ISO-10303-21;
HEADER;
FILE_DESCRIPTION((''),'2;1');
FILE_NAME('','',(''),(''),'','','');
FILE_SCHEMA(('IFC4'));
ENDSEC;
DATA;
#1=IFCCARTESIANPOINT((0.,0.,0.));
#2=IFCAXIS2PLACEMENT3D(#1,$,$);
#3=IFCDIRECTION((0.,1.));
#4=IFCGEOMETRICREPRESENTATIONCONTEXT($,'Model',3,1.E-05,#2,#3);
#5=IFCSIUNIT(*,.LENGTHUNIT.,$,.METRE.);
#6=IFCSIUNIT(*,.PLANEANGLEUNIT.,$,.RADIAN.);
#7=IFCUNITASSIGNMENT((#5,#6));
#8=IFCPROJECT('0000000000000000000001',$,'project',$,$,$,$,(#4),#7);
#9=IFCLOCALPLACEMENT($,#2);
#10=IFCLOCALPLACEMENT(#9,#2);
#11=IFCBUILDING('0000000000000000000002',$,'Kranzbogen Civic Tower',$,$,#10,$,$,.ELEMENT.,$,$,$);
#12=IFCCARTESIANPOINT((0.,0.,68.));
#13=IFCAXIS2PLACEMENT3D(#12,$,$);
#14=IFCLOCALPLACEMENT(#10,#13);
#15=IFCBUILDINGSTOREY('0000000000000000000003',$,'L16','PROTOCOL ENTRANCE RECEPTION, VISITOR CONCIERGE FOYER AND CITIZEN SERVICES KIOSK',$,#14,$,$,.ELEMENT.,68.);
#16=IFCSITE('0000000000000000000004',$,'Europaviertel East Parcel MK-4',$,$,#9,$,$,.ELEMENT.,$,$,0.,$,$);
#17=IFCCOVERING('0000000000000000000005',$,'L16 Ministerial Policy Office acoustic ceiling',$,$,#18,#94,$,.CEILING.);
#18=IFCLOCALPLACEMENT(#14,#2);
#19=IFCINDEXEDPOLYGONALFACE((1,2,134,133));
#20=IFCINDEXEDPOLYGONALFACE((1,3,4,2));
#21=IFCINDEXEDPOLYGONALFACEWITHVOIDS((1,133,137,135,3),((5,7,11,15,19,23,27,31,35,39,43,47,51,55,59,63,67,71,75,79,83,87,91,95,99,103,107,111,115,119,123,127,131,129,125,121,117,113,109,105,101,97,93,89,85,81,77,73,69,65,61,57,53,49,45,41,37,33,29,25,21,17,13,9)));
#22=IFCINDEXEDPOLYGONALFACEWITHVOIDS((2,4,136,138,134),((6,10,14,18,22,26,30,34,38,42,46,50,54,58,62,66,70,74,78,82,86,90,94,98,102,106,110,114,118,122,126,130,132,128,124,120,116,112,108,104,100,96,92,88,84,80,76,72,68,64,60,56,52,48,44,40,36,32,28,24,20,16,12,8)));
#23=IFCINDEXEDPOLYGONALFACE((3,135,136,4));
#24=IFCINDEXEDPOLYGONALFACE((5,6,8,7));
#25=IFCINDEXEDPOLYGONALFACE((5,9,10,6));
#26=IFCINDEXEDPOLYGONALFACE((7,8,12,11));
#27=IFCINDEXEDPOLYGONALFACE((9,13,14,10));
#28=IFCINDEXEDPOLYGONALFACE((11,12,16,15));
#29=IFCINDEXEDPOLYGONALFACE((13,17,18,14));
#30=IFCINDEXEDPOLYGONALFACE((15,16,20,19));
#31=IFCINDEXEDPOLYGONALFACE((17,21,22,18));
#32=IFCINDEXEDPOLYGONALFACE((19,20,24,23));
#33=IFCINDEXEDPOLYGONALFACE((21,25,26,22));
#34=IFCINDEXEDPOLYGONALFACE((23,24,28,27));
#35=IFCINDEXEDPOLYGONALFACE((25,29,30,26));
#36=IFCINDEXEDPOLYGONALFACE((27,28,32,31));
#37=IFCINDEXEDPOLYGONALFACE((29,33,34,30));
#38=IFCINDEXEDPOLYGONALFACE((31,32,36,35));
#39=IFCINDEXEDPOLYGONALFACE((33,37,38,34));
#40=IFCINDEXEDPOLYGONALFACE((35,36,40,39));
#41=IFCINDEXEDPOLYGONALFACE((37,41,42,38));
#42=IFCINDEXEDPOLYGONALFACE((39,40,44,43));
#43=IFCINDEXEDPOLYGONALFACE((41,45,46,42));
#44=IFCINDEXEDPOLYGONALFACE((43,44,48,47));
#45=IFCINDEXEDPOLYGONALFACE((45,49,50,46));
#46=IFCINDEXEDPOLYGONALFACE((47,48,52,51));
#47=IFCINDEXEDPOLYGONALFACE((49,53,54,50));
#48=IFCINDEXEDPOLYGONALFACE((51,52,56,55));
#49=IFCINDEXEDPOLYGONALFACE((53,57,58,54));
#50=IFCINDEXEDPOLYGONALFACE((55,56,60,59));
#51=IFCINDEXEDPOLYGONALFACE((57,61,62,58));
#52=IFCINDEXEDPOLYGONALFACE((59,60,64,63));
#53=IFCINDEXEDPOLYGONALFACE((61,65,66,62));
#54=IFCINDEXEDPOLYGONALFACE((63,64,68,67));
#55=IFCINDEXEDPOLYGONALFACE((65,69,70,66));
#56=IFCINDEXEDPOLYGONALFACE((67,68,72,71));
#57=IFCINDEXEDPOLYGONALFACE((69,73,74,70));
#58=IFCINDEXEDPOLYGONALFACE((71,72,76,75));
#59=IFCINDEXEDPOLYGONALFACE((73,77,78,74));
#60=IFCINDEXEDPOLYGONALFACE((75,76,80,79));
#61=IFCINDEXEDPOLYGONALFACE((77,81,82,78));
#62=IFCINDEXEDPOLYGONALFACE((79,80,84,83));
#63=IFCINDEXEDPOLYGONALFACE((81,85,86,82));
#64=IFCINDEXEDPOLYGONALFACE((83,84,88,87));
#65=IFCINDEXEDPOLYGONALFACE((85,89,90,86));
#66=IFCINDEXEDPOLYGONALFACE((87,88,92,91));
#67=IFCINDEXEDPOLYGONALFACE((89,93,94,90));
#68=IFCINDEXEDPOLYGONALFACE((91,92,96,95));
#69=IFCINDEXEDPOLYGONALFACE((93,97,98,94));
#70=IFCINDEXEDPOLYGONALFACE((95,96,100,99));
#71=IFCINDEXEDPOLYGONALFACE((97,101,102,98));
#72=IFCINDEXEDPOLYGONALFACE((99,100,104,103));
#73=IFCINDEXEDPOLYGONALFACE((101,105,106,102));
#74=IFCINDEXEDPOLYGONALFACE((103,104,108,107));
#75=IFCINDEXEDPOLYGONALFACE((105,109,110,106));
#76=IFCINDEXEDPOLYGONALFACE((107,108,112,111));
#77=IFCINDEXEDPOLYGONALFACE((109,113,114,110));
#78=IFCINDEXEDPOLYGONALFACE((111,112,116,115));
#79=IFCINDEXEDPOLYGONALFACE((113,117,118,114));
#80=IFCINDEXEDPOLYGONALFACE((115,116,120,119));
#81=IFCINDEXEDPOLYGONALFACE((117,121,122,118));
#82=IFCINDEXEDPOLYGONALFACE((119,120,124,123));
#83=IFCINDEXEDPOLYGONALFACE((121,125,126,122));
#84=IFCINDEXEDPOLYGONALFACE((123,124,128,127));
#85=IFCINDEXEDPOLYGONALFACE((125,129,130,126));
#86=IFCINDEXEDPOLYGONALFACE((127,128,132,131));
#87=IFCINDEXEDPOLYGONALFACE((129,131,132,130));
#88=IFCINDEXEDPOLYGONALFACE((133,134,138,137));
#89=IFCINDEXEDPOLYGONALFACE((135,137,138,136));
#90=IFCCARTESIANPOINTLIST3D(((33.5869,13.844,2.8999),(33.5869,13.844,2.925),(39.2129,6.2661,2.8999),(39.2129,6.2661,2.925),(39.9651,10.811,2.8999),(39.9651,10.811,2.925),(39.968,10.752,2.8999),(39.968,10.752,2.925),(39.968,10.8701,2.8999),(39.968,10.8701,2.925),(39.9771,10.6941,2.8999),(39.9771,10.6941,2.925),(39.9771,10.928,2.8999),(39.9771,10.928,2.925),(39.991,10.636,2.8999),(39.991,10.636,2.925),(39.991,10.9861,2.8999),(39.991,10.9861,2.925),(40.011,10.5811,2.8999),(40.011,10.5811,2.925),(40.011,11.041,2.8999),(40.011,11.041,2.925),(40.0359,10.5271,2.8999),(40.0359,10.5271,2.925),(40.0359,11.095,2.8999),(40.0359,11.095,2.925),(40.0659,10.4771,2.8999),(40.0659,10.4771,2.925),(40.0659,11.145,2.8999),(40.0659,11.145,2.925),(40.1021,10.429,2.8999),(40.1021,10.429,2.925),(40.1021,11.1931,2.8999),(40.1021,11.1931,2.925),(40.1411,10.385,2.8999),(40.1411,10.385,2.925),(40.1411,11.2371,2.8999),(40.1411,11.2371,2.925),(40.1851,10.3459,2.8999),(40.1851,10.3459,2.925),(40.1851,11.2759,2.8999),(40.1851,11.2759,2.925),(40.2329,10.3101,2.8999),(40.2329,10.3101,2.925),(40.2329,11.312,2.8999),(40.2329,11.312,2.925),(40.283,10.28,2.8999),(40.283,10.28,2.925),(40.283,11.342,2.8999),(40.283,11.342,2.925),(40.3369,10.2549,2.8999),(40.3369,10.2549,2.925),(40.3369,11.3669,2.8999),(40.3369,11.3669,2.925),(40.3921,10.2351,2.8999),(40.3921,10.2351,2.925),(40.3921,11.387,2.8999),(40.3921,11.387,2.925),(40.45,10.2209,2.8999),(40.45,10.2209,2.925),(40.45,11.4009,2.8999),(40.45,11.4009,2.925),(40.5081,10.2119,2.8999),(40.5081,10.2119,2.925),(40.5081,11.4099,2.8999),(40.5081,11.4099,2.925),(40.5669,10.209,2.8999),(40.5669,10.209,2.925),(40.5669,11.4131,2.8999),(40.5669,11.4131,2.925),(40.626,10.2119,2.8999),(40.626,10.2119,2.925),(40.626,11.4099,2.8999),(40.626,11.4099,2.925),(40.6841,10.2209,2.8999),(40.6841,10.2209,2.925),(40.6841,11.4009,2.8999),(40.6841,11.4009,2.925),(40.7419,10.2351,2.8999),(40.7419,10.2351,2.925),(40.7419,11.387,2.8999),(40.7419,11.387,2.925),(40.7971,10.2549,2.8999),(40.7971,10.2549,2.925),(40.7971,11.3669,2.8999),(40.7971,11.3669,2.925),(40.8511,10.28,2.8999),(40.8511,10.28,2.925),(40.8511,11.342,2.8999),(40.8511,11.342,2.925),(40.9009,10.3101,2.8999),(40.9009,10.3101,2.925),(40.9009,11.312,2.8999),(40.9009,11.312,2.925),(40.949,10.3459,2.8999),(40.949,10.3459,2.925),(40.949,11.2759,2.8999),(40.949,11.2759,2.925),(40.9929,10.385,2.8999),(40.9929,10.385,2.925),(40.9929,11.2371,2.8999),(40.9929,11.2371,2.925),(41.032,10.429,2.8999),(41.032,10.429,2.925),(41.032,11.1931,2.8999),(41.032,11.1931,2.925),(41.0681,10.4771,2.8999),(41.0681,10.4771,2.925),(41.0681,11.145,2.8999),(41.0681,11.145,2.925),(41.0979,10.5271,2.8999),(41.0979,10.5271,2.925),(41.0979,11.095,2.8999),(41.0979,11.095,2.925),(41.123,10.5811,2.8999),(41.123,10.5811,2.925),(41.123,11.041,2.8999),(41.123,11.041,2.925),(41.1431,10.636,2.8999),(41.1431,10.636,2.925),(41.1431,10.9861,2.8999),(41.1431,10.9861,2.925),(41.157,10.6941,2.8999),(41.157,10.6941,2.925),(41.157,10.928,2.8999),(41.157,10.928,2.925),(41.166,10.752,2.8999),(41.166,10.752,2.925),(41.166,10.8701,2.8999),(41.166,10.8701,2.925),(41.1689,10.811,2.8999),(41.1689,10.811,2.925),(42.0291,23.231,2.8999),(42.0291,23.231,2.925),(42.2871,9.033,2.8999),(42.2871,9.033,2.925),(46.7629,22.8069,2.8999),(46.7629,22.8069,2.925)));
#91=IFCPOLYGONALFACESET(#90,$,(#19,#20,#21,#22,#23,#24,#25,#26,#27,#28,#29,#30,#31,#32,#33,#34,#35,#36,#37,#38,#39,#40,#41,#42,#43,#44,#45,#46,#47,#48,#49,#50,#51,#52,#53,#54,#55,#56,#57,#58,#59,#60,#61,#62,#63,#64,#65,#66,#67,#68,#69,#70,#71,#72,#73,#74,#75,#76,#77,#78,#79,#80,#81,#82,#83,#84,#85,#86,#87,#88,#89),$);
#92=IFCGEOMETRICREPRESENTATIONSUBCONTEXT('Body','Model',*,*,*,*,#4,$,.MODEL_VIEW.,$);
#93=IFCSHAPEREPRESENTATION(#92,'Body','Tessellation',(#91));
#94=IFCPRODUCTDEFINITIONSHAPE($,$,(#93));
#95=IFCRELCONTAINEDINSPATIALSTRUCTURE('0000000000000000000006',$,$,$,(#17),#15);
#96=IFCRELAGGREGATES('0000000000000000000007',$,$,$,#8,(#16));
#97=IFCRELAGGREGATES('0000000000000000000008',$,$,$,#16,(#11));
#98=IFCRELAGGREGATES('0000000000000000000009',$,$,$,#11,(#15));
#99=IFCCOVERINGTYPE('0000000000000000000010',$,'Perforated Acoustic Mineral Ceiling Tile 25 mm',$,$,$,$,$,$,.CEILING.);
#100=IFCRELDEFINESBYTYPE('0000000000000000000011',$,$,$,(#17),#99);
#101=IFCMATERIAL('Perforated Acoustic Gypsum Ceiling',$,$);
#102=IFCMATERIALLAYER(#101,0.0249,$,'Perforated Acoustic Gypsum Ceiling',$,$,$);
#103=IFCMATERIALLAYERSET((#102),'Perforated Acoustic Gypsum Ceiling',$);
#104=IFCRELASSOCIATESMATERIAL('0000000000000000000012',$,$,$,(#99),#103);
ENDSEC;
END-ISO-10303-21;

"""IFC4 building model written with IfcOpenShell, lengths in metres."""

from ifc_helpers import new_model, si_unit, direction, frame, origin, place, context, subcontext, project, spatial, polyline, outline, extrude, material, layer, layer_set, type_object, element, save


model = new_model("IFC4")

# Units and contexts
model_context = context("Model", 3, precision=1e-05, world=origin(), true_north=direction((0.0, 1.0)))
body_context = subcontext(model_context, "Body", "Model", "MODEL_VIEW")
ifc_project = project(units=[si_unit("LENGTHUNIT", "METRE"), si_unit("PLANEANGLEUNIT", "RADIAN")], contexts=[model_context])

# Site, building, storey
site_placement = place(None, origin())
site = spatial("IfcSite", under=ifc_project, at=site_placement, Name="Europaviertel East Parcel MK-4", CompositionType="ELEMENT", RefElevation=0.0)
building_placement = place(site_placement, origin())
building = spatial("IfcBuilding", under=site, at=building_placement, Name="Kranzbogen Civic Tower", CompositionType="ELEMENT")
storey_placement = place(building_placement, frame((0.0, 0.0, 68.0)))
storey = spatial("IfcBuildingStorey", under=building, at=storey_placement, Name="L16", Description="PROTOCOL ENTRANCE RECEPTION, VISITOR CONCIERGE FOYER AND CITIZEN SERVICES KIOSK", CompositionType="ELEMENT", Elevation=68.0)

# Covering
ifc_material_1 = material(Name="Perforated Acoustic Gypsum Ceiling")
ifc_layer_1 = layer(ifc_material_1, 0.0249, Name="Perforated Acoustic Gypsum Ceiling")
ifc_layer_set_1 = layer_set([ifc_layer_1], Name="Perforated Acoustic Gypsum Ceiling")
covering_type = type_object("IfcCoveringType", Name="Perforated Acoustic Mineral Ceiling Tile 25 mm", PredefinedType="CEILING", material=ifc_layer_set_1)
covering_1_placement = place(storey_placement, frame((0.0, 0.0, 2.8999)))
element("IfcCovering", 1, at=covering_1_placement, inside=storey, type_object=covering_type, Name="L16 Ministerial Policy Office acoustic ceiling", PredefinedType="CEILING", context=body_context, shape_type="SweptSolid", body=[
    extrude(outline(polyline([(33.5869, 13.844), (42.0291, 23.231), (46.7629, 22.8069), (42.2871, 9.033), (39.2129, 6.2661), (33.5869, 13.844)]), holes=[polyline([(41.123, 10.5811), (41.0979, 10.5271), (41.0681, 10.4771), (41.032, 10.429), (40.9929, 10.385), (40.949, 10.3459), (40.9009, 10.3101), (40.8511, 10.28), (40.7971, 10.2549), (40.7419, 10.2351), (40.6841, 10.2209), (40.626, 10.2119), (40.5669, 10.209), (40.5081, 10.2119), (40.45, 10.2209), (40.3921, 10.2351), (40.3369, 10.2549), (40.283, 10.28), (40.2329, 10.3101), (40.1851, 10.3459), (40.1411, 10.385), (40.1021, 10.429), (40.0659, 10.4771), (40.0359, 10.5271), (40.011, 10.5811), (39.991, 10.636), (39.9771, 10.6941), (39.968, 10.752), (39.9651, 10.811), (39.968, 10.8701), (39.9771, 10.928), (39.991, 10.9861), (40.011, 11.041), (40.0359, 11.095), (40.0659, 11.145), (40.1021, 11.1931), (40.1411, 11.2371), (40.1851, 11.2759), (40.2329, 11.312), (40.283, 11.342), (40.3369, 11.3669), (40.3921, 11.387), (40.45, 11.4009), (40.5081, 11.4099), (40.5669, 11.4131), (40.626, 11.4099), (40.6841, 11.4009), (40.7419, 11.387), (40.7971, 11.3669), (40.8511, 11.342), (40.9009, 11.312), (40.949, 11.2759), (40.9929, 11.2371), (41.032, 11.1931), (41.0681, 11.145), (41.0979, 11.095), (41.123, 11.041), (41.1431, 10.9861), (41.157, 10.928), (41.166, 10.8701), (41.1689, 10.811), (41.166, 10.752), (41.157, 10.6941), (41.1431, 10.636), (41.123, 10.5811)])]), origin(), (0.0, 0.0, 1.0), 0.0251),
])

save(model, "model.ifc")
